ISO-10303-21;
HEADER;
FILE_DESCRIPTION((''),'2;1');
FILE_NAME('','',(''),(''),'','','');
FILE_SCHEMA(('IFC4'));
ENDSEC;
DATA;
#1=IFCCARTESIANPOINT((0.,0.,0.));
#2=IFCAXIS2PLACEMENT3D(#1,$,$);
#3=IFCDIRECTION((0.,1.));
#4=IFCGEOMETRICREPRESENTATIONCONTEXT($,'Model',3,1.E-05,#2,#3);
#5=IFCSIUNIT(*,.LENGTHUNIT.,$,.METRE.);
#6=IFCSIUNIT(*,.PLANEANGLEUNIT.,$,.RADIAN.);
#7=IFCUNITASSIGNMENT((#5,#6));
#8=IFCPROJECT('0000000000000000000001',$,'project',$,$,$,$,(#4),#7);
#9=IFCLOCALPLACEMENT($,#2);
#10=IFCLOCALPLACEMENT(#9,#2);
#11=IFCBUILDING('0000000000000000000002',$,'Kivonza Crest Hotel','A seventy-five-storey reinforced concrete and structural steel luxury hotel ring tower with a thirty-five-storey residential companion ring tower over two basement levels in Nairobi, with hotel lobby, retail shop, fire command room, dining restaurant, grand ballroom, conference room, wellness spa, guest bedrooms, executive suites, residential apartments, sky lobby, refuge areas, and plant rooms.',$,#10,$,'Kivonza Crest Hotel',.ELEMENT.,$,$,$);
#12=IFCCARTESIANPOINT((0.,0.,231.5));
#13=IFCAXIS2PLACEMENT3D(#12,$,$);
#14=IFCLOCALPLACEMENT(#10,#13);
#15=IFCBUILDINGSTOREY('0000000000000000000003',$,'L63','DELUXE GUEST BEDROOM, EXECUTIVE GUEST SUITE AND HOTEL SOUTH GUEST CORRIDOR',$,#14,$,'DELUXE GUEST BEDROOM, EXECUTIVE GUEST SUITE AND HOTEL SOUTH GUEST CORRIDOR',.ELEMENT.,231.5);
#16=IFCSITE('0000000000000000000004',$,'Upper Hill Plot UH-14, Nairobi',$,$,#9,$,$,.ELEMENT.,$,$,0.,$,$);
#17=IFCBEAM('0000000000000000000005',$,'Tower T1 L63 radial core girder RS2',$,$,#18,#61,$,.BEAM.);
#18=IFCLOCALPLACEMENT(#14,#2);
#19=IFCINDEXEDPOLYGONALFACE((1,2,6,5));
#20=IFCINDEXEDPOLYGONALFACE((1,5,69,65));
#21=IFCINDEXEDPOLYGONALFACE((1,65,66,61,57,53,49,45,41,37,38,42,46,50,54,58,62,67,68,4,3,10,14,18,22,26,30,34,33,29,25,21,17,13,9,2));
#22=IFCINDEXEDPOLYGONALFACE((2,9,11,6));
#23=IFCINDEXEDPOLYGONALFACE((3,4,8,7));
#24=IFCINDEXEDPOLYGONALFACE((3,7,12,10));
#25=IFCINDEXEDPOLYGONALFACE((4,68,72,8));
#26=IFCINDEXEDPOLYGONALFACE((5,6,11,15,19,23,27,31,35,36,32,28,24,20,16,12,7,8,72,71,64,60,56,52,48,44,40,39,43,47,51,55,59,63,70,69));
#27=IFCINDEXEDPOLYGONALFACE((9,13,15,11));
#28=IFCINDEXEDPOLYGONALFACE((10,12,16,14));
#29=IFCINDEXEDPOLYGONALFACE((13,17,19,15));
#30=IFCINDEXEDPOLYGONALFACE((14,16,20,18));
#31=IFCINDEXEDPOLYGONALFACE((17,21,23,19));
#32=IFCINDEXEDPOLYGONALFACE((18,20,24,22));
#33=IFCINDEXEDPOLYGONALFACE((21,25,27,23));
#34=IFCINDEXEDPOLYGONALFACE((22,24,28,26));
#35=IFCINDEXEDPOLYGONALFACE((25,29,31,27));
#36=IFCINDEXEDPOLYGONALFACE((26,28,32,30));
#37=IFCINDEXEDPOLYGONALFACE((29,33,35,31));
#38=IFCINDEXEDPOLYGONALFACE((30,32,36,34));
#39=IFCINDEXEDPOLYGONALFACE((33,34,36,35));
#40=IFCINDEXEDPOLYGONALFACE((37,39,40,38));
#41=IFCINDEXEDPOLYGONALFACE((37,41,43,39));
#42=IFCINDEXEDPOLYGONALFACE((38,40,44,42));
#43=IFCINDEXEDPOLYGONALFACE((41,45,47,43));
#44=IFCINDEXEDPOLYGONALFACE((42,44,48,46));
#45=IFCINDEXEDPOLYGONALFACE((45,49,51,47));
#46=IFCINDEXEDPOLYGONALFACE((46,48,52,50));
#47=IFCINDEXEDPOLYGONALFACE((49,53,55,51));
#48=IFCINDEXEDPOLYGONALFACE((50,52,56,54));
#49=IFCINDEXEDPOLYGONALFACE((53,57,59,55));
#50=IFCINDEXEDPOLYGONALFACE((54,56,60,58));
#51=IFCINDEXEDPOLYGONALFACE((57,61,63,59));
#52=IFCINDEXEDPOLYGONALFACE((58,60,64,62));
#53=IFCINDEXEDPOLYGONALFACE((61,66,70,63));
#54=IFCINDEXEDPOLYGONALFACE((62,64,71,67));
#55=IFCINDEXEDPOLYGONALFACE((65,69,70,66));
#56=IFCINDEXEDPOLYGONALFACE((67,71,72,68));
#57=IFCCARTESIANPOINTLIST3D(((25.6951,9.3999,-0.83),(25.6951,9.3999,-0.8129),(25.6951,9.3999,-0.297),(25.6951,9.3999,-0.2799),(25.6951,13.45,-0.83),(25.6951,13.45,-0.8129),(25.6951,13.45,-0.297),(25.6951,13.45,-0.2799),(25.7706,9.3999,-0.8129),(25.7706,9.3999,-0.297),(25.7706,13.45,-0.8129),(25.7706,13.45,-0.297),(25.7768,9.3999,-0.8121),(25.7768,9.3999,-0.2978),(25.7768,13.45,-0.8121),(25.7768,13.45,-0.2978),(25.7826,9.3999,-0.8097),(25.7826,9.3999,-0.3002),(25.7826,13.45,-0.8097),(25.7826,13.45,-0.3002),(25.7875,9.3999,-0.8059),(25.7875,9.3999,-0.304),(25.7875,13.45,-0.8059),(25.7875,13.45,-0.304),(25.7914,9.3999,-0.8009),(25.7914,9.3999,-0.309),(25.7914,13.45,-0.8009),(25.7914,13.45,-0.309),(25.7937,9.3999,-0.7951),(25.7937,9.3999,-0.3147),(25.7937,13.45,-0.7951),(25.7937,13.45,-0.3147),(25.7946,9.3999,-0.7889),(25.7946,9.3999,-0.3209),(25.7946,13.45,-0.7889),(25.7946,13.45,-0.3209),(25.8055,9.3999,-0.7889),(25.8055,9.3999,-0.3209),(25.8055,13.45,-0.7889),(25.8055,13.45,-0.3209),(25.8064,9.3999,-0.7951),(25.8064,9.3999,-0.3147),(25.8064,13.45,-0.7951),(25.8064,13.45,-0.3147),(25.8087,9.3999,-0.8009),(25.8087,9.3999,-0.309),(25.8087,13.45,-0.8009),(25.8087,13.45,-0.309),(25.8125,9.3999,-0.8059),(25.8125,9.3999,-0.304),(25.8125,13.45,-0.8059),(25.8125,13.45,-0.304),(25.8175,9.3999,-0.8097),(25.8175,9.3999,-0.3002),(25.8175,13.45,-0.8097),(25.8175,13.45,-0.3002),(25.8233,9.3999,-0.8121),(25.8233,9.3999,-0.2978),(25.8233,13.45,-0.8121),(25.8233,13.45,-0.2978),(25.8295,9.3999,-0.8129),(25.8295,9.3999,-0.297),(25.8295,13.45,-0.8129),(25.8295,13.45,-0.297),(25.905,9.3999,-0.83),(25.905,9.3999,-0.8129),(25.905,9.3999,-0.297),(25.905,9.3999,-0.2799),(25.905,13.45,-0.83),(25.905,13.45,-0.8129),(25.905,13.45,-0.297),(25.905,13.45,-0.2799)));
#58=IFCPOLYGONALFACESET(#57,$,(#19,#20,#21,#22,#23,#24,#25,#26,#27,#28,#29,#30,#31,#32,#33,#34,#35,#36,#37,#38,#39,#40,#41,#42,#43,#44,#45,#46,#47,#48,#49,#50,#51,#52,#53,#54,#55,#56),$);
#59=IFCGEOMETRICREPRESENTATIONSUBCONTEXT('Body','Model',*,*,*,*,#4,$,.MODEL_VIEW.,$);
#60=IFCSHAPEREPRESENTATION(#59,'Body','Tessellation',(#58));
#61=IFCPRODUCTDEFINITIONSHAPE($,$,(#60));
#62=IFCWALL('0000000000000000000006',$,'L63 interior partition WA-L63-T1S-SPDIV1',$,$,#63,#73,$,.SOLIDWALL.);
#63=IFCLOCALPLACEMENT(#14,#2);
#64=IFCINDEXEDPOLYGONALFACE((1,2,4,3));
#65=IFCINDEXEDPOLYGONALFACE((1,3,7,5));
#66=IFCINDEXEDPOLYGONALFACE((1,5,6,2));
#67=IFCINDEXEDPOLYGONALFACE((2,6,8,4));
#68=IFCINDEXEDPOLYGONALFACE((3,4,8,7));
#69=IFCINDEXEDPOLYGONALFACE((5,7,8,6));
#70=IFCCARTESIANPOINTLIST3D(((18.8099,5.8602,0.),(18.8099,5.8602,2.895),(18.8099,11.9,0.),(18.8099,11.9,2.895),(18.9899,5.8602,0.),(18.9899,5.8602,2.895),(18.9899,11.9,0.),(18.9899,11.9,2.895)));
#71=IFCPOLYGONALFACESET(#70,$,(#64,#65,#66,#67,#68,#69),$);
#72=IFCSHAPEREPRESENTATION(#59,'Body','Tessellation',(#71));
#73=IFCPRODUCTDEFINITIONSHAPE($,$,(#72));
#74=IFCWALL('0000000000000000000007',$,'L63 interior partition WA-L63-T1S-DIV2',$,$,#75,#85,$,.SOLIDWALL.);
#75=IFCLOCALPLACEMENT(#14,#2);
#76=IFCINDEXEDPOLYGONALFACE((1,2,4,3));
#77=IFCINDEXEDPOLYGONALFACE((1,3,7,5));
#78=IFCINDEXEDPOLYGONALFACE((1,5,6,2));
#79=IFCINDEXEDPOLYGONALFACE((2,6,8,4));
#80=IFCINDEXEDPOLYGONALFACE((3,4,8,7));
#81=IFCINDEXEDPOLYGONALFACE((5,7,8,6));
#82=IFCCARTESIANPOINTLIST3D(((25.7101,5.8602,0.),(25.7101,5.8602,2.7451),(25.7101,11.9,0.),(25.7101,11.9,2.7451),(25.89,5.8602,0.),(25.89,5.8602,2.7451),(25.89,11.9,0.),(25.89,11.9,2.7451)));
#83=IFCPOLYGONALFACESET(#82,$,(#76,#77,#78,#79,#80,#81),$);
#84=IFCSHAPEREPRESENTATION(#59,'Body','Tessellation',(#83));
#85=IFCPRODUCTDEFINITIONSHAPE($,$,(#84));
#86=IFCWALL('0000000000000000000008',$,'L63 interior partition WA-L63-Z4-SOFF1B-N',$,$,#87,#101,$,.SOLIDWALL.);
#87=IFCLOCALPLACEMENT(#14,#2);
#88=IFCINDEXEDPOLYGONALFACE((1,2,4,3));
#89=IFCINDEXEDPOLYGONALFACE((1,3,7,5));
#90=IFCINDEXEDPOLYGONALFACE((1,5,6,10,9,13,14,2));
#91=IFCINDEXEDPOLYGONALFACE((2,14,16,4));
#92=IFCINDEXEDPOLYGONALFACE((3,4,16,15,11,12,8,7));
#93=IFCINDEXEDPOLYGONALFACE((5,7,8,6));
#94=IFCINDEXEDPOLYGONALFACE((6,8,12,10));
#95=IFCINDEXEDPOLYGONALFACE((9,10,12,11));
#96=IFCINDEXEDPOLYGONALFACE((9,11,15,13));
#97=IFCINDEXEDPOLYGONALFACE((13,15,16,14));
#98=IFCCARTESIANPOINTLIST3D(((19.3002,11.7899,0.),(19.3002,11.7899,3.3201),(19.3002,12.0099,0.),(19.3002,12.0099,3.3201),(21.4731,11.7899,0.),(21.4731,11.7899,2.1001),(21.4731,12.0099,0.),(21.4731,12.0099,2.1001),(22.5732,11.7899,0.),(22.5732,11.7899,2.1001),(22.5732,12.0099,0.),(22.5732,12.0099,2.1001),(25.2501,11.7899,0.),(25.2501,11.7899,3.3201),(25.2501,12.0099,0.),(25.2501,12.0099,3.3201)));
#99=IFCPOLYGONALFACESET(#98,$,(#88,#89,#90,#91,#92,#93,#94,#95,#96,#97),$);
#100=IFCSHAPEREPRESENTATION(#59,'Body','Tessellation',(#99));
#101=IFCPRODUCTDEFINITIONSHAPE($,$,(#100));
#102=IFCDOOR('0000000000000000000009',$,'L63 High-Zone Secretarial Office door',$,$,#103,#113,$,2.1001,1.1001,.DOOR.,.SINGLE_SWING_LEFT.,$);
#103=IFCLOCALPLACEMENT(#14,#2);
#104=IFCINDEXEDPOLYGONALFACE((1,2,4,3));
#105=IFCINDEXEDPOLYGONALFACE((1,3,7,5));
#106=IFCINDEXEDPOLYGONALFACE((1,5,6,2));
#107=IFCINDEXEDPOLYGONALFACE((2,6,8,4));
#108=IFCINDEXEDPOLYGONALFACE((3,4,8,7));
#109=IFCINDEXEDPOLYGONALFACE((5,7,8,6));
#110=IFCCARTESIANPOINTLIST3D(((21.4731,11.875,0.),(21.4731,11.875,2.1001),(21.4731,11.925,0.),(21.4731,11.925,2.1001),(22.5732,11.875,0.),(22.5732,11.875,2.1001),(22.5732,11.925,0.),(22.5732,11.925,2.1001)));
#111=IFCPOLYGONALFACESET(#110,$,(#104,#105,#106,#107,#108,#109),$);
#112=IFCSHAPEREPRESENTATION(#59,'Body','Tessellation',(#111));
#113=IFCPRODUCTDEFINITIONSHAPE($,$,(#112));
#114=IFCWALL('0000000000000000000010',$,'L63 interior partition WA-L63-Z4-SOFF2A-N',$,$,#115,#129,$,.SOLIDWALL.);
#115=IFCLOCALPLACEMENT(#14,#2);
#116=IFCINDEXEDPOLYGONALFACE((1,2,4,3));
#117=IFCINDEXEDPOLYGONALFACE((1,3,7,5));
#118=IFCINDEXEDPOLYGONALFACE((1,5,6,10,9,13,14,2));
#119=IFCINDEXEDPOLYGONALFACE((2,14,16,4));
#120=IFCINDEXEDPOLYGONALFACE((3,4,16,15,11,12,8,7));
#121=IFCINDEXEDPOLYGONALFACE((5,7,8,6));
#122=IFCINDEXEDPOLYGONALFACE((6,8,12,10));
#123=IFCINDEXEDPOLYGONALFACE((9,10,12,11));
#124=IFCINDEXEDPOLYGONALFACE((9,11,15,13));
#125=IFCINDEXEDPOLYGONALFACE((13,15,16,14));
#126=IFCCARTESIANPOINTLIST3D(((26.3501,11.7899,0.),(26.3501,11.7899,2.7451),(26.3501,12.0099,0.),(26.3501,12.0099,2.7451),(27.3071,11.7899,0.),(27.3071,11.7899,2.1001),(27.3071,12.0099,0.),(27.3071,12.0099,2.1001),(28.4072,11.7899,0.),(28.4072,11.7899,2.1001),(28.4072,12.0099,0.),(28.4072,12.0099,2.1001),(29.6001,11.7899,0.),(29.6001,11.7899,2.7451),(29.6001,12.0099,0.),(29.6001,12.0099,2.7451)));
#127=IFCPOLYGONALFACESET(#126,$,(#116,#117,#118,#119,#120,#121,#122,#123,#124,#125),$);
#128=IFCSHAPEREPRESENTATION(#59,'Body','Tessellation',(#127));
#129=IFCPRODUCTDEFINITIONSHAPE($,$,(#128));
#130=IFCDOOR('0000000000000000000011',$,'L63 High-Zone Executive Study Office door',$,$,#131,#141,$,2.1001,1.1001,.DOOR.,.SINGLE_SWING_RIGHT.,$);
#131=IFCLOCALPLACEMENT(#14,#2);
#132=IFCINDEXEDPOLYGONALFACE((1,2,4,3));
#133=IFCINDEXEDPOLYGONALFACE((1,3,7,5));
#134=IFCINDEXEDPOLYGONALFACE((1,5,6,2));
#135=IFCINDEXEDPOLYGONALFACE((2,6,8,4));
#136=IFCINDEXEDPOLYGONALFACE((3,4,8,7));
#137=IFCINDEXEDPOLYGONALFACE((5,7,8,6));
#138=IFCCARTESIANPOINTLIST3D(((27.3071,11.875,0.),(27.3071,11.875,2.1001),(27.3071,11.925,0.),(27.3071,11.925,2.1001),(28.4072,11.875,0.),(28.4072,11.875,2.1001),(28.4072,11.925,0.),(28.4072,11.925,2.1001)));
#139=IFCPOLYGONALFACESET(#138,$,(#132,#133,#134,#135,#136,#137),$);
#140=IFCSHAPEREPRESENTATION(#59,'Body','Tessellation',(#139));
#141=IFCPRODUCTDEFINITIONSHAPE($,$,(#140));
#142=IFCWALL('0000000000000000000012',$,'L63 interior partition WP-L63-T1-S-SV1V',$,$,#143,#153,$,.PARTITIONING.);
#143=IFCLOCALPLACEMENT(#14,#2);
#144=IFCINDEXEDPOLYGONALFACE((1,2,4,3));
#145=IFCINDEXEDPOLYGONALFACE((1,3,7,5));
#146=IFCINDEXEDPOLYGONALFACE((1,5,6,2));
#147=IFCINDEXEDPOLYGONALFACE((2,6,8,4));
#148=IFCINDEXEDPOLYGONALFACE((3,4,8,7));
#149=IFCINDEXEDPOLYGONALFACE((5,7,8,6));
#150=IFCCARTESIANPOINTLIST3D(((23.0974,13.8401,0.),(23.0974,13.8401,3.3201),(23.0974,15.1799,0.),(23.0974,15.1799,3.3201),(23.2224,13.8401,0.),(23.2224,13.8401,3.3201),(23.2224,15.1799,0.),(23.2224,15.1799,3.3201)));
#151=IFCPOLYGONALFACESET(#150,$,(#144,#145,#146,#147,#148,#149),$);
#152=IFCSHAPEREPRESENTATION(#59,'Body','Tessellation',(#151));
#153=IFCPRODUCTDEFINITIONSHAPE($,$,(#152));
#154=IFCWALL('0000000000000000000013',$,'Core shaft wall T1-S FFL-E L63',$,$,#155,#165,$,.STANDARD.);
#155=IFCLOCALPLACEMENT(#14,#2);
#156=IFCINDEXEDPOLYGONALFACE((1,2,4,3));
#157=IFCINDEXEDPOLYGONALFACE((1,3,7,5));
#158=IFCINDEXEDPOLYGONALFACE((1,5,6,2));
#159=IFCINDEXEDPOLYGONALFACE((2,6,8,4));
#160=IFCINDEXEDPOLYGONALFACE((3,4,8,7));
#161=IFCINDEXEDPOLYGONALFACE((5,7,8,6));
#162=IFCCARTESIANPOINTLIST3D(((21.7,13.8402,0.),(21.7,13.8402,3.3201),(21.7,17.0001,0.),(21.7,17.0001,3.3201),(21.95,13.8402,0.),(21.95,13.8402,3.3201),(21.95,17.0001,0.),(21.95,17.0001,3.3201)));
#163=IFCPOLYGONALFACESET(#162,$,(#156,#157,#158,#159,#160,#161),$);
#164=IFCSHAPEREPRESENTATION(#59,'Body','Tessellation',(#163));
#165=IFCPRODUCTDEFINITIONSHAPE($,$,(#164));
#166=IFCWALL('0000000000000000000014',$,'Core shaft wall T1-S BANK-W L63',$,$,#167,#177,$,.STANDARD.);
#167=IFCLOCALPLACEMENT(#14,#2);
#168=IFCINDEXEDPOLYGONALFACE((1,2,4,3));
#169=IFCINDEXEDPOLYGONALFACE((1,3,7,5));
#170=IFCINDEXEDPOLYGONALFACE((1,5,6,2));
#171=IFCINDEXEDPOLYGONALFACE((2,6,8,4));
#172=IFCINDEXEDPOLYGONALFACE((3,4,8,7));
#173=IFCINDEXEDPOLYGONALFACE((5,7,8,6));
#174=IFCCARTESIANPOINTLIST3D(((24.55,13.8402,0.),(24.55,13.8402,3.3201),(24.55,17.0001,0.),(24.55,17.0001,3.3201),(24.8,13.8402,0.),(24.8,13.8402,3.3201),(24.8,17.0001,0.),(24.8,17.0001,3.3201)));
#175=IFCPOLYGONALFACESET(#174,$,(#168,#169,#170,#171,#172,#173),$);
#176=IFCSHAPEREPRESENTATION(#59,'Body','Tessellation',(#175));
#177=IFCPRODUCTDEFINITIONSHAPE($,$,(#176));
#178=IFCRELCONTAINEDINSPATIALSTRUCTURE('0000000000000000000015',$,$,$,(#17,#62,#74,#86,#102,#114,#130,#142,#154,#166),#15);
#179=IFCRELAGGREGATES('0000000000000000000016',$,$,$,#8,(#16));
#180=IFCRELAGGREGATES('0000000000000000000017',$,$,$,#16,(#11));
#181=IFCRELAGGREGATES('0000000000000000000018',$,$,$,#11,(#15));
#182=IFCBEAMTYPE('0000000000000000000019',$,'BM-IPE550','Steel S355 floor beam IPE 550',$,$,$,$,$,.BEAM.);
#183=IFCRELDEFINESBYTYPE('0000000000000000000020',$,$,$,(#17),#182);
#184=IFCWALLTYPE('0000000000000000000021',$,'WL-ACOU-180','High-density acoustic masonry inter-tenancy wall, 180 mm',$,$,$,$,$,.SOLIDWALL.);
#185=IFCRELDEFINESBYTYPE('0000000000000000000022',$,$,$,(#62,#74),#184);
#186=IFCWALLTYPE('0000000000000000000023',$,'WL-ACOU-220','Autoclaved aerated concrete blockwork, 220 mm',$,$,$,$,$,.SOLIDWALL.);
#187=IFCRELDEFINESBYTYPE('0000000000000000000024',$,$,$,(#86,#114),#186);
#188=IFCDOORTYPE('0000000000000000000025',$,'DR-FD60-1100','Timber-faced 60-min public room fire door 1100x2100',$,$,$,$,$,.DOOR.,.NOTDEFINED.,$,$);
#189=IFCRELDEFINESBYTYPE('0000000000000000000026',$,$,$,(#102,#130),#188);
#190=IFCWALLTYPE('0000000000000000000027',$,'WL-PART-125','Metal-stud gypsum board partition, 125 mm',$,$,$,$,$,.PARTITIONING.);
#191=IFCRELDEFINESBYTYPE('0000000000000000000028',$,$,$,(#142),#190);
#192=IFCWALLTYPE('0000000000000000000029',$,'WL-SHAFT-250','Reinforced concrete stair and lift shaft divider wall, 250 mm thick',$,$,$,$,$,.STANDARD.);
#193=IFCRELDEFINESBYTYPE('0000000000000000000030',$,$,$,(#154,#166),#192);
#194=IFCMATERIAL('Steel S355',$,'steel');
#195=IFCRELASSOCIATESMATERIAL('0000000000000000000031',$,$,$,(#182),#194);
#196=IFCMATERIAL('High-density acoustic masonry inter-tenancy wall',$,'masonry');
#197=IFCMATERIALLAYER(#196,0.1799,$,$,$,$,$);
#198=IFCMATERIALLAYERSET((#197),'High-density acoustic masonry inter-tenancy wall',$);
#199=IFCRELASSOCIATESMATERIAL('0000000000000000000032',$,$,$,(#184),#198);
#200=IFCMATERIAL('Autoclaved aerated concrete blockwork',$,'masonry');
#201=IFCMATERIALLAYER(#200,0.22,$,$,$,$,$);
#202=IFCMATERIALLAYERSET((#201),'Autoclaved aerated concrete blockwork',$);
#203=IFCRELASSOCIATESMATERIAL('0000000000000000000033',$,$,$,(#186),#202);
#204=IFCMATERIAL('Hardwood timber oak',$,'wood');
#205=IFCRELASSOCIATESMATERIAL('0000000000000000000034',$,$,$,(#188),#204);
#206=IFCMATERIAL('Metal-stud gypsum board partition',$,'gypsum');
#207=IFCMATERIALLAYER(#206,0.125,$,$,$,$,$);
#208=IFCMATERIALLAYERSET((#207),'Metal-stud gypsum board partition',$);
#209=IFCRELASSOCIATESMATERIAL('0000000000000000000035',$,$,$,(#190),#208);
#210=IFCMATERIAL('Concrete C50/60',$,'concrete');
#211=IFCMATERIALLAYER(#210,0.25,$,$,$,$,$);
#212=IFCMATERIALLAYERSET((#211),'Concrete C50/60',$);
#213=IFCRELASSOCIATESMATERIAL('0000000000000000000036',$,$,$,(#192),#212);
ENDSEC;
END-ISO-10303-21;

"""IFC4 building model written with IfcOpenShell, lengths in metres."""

from ifc_helpers import new_model, si_unit, direction, frame, frame_2d, origin, origin_2d, place, context, subcontext, project, spatial, rectangle, i_section, extrude, material, layer, layer_set, material_profile, profile_set, type_object, element, fill, save


model = new_model("IFC4")

# Units and contexts
model_context = context("Model", 3, precision=1e-05, world=origin(), true_north=direction((0.0, 1.0)))
body_context = subcontext(model_context, "Body", "Model", "MODEL_VIEW")
ifc_project = project(units=[si_unit("LENGTHUNIT", "METRE"), si_unit("PLANEANGLEUNIT", "RADIAN")], contexts=[model_context])

# Site, building, storey
site_placement = place(None, origin())
site = spatial("IfcSite", under=ifc_project, at=site_placement, Name="Upper Hill Plot UH-14, Nairobi", CompositionType="ELEMENT", RefElevation=0.0)
building_placement = place(site_placement, origin())
building = spatial("IfcBuilding", under=site, at=building_placement, Name="Kivonza Crest Hotel", Description="A seventy-five-storey reinforced concrete and structural steel luxury hotel ring tower with a thirty-five-storey residential companion ring tower over two basement levels in Nairobi, with hotel lobby, retail shop, fire command room, dining restaurant, grand ballroom, conference room, wellness spa, guest bedrooms, executive suites, residential apartments, sky lobby, refuge areas, and plant rooms.", LongName="Kivonza Crest Hotel", CompositionType="ELEMENT")
storey_placement = place(building_placement, frame((0.0, 0.0, 231.5)))
storey = spatial("IfcBuildingStorey", under=building, at=storey_placement, Name="L63", Description="DELUXE GUEST BEDROOM, EXECUTIVE GUEST SUITE AND HOTEL SOUTH GUEST CORRIDOR", LongName="DELUXE GUEST BEDROOM, EXECUTIVE GUEST SUITE AND HOTEL SOUTH GUEST CORRIDOR", CompositionType="ELEMENT", Elevation=231.5)

# Shared definitions
ifc_material_1 = material(Name="Concrete C50/60", Category="concrete")

# Beam
ifc_material_2 = material(Name="Steel S355", Category="steel")
ifc_material_profile_1 = material_profile(ifc_material_2, i_section(OverallWidth=0.21, OverallDepth=0.55, WebThickness=0.011, FlangeThickness=0.0171, FilletRadius=0.0239, at=origin_2d()), Name="IPE 550")
ifc_profile_set_1 = profile_set([ifc_material_profile_1], Name="Steel S355")
beam_type_1 = type_object("IfcBeamType", Name="BM-IPE550", Description="Steel S355 floor beam IPE 550", PredefinedType="BEAM", material=ifc_profile_set_1)
beam_1_placement = place(storey_placement, frame((25.8, 9.3999, -0.5549), z_axis=(0.0, 1.0, 0.0), x_axis=(-1.0, 0.0, 0.0)))
element("IfcBeam", 1, at=beam_1_placement, inside=storey, type_object=beam_type_1, Name="Tower T1 L63 radial core girder RS2", PredefinedType="BEAM", context=body_context, shape_type="SweptSolid", body=[
    extrude(i_section(OverallWidth=0.21, OverallDepth=0.55, WebThickness=0.011, FlangeThickness=0.0171, FilletRadius=0.0239, at=origin_2d()), origin(), (0.0, 0.0, 1.0), 4.05),
])

# Walls
ifc_material_3 = material(Name="High-density acoustic masonry inter-tenancy wall", Category="masonry")
ifc_layer_1 = layer(ifc_material_3, 0.1799)
ifc_layer_set_1 = layer_set([ifc_layer_1], Name="High-density acoustic masonry inter-tenancy wall")
wall_type_1 = type_object("IfcWallType", Name="WL-ACOU-180", Description="High-density acoustic masonry inter-tenancy wall, 180 mm", PredefinedType="SOLIDWALL", material=ifc_layer_set_1)
wall_1_placement = place(storey_placement, frame((18.8999, 5.8601, 0.0), z_axis=(0.0, 0.0, 1.0), x_axis=(0.0, 1.0, 0.0)))
element("IfcWall", 2, at=wall_1_placement, inside=storey, type_object=wall_type_1, Name="L63 interior partition WA-L63-T1S-SPDIV1", PredefinedType="SOLIDWALL", context=body_context, shape_type="SweptSolid", body=[
    extrude(rectangle(XDim=6.0398, YDim=0.1799, at=frame_2d((3.02, 0.0))), origin(), (0.0, 0.0, 1.0), 2.895),
])
wall_2_placement = place(storey_placement, frame((25.8, 5.8601, 0.0), z_axis=(0.0, 0.0, 1.0), x_axis=(0.0, 1.0, 0.0)))
element("IfcWall", 3, at=wall_2_placement, inside=storey, type_object=wall_type_1, Name="L63 interior partition WA-L63-T1S-DIV2", PredefinedType="SOLIDWALL", context=body_context, shape_type="SweptSolid", body=[
    extrude(rectangle(XDim=6.0398, YDim=0.1799, at=frame_2d((3.02, 0.0))), origin(), (0.0, 0.0, 1.0), 2.7451),
])

# Walls, openings, doors
ifc_material_4 = material(Name="Autoclaved aerated concrete blockwork", Category="masonry")
ifc_layer_2 = layer(ifc_material_4, 0.22)
ifc_layer_set_2 = layer_set([ifc_layer_2], Name="Autoclaved aerated concrete blockwork")
wall_type_2 = type_object("IfcWallType", Name="WL-ACOU-220", Description="Autoclaved aerated concrete blockwork, 220 mm", PredefinedType="SOLIDWALL", material=ifc_layer_set_2)
wall_3_placement = place(storey_placement, frame((19.3, 11.8999, 0.0), z_axis=(0.0, 0.0, 1.0), x_axis=(1.0, 0.0, 0.0)))
wall_3 = element("IfcWall", 4, at=wall_3_placement, inside=storey, type_object=wall_type_2, Name="L63 interior partition WA-L63-Z4-SOFF1B-N", PredefinedType="SOLIDWALL", context=body_context, shape_type="SweptSolid", body=[
    extrude(rectangle(XDim=5.95, YDim=0.22, at=frame_2d((2.9751, 0.0))), origin(), (0.0, 0.0, 1.0), 3.3201),
])
opening_1_placement = place(wall_3_placement, frame((2.1731, 0.0, 0.0)))
opening_1 = element("IfcOpeningElement", 5, at=opening_1_placement, cuts=wall_3, PredefinedType="OPENING", context=body_context, shape_type="SweptSolid", body=[
    extrude(rectangle(XDim=1.1001, YDim=2.1001, at=frame_2d((0.55, 1.05))), frame((0.0, 0.1201, 0.0), z_axis=(0.0, -1.0, 0.0), x_axis=(1.0, 0.0, 0.0)), (0.0, 0.0, 1.0), 0.24),
])
ifc_material_5 = material(Name="Hardwood timber oak", Category="wood")
door_type_1 = type_object("IfcDoorType", Name="DR-FD60-1100", Description="Timber-faced 60-min public room fire door 1100x2100", OperationType="NOTDEFINED", PredefinedType="DOOR", material=ifc_material_5)
door_1_placement = place(opening_1_placement, frame((1.1001, 0.0, 0.0), z_axis=(0.0, 0.0, 1.0), x_axis=(-1.0, 0.0, 0.0)))
door_1 = element("IfcDoor", 6, at=door_1_placement, inside=storey, type_object=door_type_1, Name="L63 High-Zone Secretarial Office door", OperationType="SINGLE_SWING_LEFT", OverallHeight=2.1001, OverallWidth=1.1001, PredefinedType="DOOR", context=body_context, shape_type="SweptSolid", body=[
    extrude(rectangle(XDim=1.1001, YDim=2.1001, at=frame_2d((0.55, 1.05))), frame((0.0, 0.0249, 0.0), z_axis=(0.0, -1.0, 0.0), x_axis=(1.0, 0.0, 0.0)), (0.0, 0.0, 1.0), 0.05),
])
fill(opening_1, door_1)
wall_4_placement = place(storey_placement, frame((26.3501, 11.8999, 0.0), z_axis=(0.0, 0.0, 1.0), x_axis=(1.0, 0.0, 0.0)))
wall_4 = element("IfcWall", 7, at=wall_4_placement, inside=storey, type_object=wall_type_2, Name="L63 interior partition WA-L63-Z4-SOFF2A-N", PredefinedType="SOLIDWALL", context=body_context, shape_type="SweptSolid", body=[
    extrude(rectangle(XDim=3.25, YDim=0.22, at=frame_2d((1.625, 0.0))), origin(), (0.0, 0.0, 1.0), 2.7451),
])
opening_2_placement = place(wall_4_placement, frame((0.957, 0.0, 0.0)))
opening_2 = element("IfcOpeningElement", 8, at=opening_2_placement, cuts=wall_4, PredefinedType="OPENING", context=body_context, shape_type="SweptSolid", body=[
    extrude(rectangle(XDim=1.1001, YDim=2.1001, at=frame_2d((0.55, 1.05))), frame((0.0, 0.1201, 0.0), z_axis=(0.0, -1.0, 0.0), x_axis=(1.0, 0.0, 0.0)), (0.0, 0.0, 1.0), 0.24),
])
door_2_placement = place(opening_2_placement, frame((1.1001, 0.0, 0.0), z_axis=(0.0, 0.0, 1.0), x_axis=(-1.0, 0.0, 0.0)))
door_2 = element("IfcDoor", 9, at=door_2_placement, inside=storey, type_object=door_type_1, Name="L63 High-Zone Executive Study Office door", OperationType="SINGLE_SWING_RIGHT", OverallHeight=2.1001, OverallWidth=1.1001, PredefinedType="DOOR", context=body_context, shape_type="SweptSolid", body=[
    extrude(rectangle(XDim=1.1001, YDim=2.1001, at=frame_2d((0.55, 1.05))), frame((0.0, 0.0249, 0.0), z_axis=(0.0, -1.0, 0.0), x_axis=(1.0, 0.0, 0.0)), (0.0, 0.0, 1.0), 0.05),
])
fill(opening_2, door_2)

# Wall
ifc_material_6 = material(Name="Metal-stud gypsum board partition", Category="gypsum")
ifc_layer_3 = layer(ifc_material_6, 0.125)
ifc_layer_set_3 = layer_set([ifc_layer_3], Name="Metal-stud gypsum board partition")
wall_type_3 = type_object("IfcWallType", Name="WL-PART-125", Description="Metal-stud gypsum board partition, 125 mm", PredefinedType="PARTITIONING", material=ifc_layer_set_3)
wall_5_placement = place(storey_placement, frame((23.1599, 13.8401, 0.0), z_axis=(0.0, 0.0, 1.0), x_axis=(0.0, 1.0, 0.0)))
element("IfcWall", 10, at=wall_5_placement, inside=storey, type_object=wall_type_3, Name="L63 interior partition WP-L63-T1-S-SV1V", PredefinedType="PARTITIONING", context=body_context, shape_type="SweptSolid", body=[
    extrude(rectangle(XDim=1.3398, YDim=0.125, at=frame_2d((0.6699, 0.0))), origin(), (0.0, 0.0, 1.0), 3.3201),
])

# Shared definitions
ifc_layer_4 = layer(ifc_material_1, 0.25)
ifc_layer_set_4 = layer_set([ifc_layer_4], Name="Concrete C50/60")
wall_type_4 = type_object("IfcWallType", Name="WL-SHAFT-250", Description="Reinforced concrete stair and lift shaft divider wall, 250 mm thick", PredefinedType="STANDARD", material=ifc_layer_set_4)

# Walls
for number, where, z_axis, x_axis, name in (
    (11, (21.825, 13.8401, 0.0), (0.0, 0.0, 1.0), (0.0, 1.0, 0.0), "Core shaft wall T1-S FFL-E L63"),
    (12, (24.675, 13.8401, 0.0), (0.0, 0.0, 1.0), (0.0, 1.0, 0.0), "Core shaft wall T1-S BANK-W L63"),
):
    element("IfcWall", number, at=place(storey_placement, frame(where, z_axis=z_axis, x_axis=x_axis)), inside=storey, type_object=wall_type_4, Name=name, PredefinedType="STANDARD", context=body_context, shape_type="SweptSolid", body=[
        extrude(rectangle(XDim=3.1599, YDim=0.25, at=frame_2d((1.5801, 0.0))), origin(), (0.0, 0.0, 1.0), 3.3201),
    ])

save(model, "model.ifc")
